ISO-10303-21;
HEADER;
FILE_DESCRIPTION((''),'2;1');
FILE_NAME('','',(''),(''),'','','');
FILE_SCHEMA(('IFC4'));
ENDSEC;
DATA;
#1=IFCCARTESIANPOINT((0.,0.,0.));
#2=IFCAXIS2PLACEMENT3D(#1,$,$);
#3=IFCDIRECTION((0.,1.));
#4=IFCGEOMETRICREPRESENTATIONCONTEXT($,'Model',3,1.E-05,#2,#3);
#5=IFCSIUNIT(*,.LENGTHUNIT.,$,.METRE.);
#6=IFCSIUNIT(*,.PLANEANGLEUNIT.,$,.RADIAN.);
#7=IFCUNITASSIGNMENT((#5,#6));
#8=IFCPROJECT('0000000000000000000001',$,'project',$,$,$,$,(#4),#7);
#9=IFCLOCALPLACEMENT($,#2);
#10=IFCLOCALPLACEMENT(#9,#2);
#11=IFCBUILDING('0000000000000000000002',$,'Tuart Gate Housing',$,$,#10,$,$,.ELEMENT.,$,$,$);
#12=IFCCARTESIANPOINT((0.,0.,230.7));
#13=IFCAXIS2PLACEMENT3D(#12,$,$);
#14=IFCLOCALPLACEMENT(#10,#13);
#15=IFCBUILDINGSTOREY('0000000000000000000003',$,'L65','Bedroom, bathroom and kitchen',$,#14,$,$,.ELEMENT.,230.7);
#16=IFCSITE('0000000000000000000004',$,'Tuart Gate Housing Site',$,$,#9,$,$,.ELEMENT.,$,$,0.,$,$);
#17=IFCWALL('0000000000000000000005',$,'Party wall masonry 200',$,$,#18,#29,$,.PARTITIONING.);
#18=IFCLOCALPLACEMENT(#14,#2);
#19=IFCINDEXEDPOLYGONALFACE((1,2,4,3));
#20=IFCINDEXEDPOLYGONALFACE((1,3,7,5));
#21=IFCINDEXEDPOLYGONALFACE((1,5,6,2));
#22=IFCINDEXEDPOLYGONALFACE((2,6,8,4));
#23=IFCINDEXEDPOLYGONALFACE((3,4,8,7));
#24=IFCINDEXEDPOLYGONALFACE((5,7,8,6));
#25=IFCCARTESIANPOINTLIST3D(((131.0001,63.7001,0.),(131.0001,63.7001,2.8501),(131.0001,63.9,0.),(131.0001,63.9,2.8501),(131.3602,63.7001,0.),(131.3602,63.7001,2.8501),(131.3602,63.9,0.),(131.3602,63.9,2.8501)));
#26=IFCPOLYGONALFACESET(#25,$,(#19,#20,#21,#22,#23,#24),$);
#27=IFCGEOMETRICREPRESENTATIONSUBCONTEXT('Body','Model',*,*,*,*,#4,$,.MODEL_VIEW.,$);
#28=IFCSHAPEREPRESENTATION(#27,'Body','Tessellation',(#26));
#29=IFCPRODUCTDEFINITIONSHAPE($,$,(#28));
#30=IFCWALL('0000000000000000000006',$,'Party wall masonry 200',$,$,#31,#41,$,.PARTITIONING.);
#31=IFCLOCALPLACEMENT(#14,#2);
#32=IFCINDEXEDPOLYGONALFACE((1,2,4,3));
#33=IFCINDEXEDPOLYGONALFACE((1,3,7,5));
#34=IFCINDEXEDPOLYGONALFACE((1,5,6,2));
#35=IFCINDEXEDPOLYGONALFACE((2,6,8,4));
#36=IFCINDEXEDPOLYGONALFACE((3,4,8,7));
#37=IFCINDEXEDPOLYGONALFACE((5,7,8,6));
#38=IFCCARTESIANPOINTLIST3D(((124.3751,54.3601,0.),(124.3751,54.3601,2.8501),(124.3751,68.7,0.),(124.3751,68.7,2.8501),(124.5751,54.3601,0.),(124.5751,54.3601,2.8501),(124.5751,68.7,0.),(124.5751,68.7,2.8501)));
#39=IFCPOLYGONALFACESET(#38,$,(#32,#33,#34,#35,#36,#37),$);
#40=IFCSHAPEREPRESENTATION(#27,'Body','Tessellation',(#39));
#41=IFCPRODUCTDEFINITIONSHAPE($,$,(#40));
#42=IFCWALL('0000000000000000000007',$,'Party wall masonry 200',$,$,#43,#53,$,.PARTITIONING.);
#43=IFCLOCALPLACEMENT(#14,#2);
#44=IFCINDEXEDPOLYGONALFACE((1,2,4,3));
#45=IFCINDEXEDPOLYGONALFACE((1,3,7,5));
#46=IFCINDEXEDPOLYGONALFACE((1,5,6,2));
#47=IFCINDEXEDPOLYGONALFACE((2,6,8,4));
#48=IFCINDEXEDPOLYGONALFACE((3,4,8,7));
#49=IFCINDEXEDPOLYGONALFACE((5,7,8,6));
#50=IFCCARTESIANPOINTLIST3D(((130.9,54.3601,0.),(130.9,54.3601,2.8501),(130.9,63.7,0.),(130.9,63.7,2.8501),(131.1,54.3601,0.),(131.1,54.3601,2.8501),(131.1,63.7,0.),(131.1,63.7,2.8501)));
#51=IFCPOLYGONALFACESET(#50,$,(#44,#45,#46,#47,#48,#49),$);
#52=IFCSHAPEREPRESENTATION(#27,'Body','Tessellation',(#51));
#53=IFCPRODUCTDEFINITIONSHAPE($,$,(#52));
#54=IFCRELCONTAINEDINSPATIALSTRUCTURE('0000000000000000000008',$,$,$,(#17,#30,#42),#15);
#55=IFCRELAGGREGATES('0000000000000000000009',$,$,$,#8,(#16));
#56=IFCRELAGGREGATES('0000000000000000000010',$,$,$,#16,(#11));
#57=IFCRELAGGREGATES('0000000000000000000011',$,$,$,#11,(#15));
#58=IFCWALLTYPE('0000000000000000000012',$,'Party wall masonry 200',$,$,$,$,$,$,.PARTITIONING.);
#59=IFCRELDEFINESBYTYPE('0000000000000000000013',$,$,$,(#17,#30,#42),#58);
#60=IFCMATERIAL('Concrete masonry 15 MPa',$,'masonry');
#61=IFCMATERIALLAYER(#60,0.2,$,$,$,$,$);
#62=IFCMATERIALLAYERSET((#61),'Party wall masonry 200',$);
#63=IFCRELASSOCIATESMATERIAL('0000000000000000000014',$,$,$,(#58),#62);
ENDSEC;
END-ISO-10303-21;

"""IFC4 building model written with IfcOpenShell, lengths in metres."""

from ifc_helpers import new_model, si_unit, direction, frame, frame_2d, origin, place, context, subcontext, project, spatial, rectangle, extrude, material, layer, layer_set, type_object, element, save


model = new_model("IFC4")

# Units and contexts
model_context = context("Model", 3, precision=1e-05, world=origin(), true_north=direction((0.0, 1.0)))
body_context = subcontext(model_context, "Body", "Model", "MODEL_VIEW")
ifc_project = project(units=[si_unit("LENGTHUNIT", "METRE"), si_unit("PLANEANGLEUNIT", "RADIAN")], contexts=[model_context])

# Site, building, storey
site_placement = place(None, origin())
site = spatial("IfcSite", under=ifc_project, at=site_placement, Name="Tuart Gate Housing Site", CompositionType="ELEMENT", RefElevation=0.0)
building_placement = place(site_placement, origin())
building = spatial("IfcBuilding", under=site, at=building_placement, Name="Tuart Gate Housing", CompositionType="ELEMENT")
storey_placement = place(building_placement, frame((0.0, 0.0, 230.7)))
storey = spatial("IfcBuildingStorey", under=building, at=storey_placement, Name="L65", Description="Bedroom, bathroom and kitchen", CompositionType="ELEMENT", Elevation=230.7)

# Walls
ifc_material_1 = material(Name="Concrete masonry 15 MPa", Category="masonry")
ifc_layer_1 = layer(ifc_material_1, 0.2)
ifc_layer_set_1 = layer_set([ifc_layer_1], Name="Party wall masonry 200")
wall_type_1 = type_object("IfcWallType", Name="Party wall masonry 200", PredefinedType="PARTITIONING", material=ifc_layer_set_1)
wall_1_placement = place(storey_placement, frame((131.0, 63.8, 0.0), z_axis=(0.0, 0.0, 1.0), x_axis=(1.0, 0.0, 0.0)))
element("IfcWall", 1, at=wall_1_placement, inside=storey, type_object=wall_type_1, Name="Party wall masonry 200", PredefinedType="PARTITIONING", context=body_context, shape_type="SweptSolid", body=[
    extrude(rectangle(XDim=0.3601, YDim=0.2, at=frame_2d((0.1802, 0.0))), origin(), (0.0, 0.0, 1.0), 2.8501),
])
wall_2_placement = place(storey_placement, frame((124.4751, 54.3601, 0.0), z_axis=(0.0, 0.0, 1.0), x_axis=(0.0, 1.0, 0.0)))
element("IfcWall", 2, at=wall_2_placement, inside=storey, type_object=wall_type_1, Name="Party wall masonry 200", PredefinedType="PARTITIONING", context=body_context, shape_type="SweptSolid", body=[
    extrude(rectangle(XDim=14.3398, YDim=0.2, at=frame_2d((7.1699, 0.0))), origin(), (0.0, 0.0, 1.0), 2.8501),
])
wall_3_placement = place(storey_placement, frame((131.0, 54.3601, 0.0), z_axis=(0.0, 0.0, 1.0), x_axis=(0.0, 1.0, 0.0)))
element("IfcWall", 3, at=wall_3_placement, inside=storey, type_object=wall_type_1, Name="Party wall masonry 200", PredefinedType="PARTITIONING", context=body_context, shape_type="SweptSolid", body=[
    extrude(rectangle(XDim=9.3398, YDim=0.2, at=frame_2d((4.6699, 0.0))), origin(), (0.0, 0.0, 1.0), 2.8501),
])

save(model, "model.ifc")
